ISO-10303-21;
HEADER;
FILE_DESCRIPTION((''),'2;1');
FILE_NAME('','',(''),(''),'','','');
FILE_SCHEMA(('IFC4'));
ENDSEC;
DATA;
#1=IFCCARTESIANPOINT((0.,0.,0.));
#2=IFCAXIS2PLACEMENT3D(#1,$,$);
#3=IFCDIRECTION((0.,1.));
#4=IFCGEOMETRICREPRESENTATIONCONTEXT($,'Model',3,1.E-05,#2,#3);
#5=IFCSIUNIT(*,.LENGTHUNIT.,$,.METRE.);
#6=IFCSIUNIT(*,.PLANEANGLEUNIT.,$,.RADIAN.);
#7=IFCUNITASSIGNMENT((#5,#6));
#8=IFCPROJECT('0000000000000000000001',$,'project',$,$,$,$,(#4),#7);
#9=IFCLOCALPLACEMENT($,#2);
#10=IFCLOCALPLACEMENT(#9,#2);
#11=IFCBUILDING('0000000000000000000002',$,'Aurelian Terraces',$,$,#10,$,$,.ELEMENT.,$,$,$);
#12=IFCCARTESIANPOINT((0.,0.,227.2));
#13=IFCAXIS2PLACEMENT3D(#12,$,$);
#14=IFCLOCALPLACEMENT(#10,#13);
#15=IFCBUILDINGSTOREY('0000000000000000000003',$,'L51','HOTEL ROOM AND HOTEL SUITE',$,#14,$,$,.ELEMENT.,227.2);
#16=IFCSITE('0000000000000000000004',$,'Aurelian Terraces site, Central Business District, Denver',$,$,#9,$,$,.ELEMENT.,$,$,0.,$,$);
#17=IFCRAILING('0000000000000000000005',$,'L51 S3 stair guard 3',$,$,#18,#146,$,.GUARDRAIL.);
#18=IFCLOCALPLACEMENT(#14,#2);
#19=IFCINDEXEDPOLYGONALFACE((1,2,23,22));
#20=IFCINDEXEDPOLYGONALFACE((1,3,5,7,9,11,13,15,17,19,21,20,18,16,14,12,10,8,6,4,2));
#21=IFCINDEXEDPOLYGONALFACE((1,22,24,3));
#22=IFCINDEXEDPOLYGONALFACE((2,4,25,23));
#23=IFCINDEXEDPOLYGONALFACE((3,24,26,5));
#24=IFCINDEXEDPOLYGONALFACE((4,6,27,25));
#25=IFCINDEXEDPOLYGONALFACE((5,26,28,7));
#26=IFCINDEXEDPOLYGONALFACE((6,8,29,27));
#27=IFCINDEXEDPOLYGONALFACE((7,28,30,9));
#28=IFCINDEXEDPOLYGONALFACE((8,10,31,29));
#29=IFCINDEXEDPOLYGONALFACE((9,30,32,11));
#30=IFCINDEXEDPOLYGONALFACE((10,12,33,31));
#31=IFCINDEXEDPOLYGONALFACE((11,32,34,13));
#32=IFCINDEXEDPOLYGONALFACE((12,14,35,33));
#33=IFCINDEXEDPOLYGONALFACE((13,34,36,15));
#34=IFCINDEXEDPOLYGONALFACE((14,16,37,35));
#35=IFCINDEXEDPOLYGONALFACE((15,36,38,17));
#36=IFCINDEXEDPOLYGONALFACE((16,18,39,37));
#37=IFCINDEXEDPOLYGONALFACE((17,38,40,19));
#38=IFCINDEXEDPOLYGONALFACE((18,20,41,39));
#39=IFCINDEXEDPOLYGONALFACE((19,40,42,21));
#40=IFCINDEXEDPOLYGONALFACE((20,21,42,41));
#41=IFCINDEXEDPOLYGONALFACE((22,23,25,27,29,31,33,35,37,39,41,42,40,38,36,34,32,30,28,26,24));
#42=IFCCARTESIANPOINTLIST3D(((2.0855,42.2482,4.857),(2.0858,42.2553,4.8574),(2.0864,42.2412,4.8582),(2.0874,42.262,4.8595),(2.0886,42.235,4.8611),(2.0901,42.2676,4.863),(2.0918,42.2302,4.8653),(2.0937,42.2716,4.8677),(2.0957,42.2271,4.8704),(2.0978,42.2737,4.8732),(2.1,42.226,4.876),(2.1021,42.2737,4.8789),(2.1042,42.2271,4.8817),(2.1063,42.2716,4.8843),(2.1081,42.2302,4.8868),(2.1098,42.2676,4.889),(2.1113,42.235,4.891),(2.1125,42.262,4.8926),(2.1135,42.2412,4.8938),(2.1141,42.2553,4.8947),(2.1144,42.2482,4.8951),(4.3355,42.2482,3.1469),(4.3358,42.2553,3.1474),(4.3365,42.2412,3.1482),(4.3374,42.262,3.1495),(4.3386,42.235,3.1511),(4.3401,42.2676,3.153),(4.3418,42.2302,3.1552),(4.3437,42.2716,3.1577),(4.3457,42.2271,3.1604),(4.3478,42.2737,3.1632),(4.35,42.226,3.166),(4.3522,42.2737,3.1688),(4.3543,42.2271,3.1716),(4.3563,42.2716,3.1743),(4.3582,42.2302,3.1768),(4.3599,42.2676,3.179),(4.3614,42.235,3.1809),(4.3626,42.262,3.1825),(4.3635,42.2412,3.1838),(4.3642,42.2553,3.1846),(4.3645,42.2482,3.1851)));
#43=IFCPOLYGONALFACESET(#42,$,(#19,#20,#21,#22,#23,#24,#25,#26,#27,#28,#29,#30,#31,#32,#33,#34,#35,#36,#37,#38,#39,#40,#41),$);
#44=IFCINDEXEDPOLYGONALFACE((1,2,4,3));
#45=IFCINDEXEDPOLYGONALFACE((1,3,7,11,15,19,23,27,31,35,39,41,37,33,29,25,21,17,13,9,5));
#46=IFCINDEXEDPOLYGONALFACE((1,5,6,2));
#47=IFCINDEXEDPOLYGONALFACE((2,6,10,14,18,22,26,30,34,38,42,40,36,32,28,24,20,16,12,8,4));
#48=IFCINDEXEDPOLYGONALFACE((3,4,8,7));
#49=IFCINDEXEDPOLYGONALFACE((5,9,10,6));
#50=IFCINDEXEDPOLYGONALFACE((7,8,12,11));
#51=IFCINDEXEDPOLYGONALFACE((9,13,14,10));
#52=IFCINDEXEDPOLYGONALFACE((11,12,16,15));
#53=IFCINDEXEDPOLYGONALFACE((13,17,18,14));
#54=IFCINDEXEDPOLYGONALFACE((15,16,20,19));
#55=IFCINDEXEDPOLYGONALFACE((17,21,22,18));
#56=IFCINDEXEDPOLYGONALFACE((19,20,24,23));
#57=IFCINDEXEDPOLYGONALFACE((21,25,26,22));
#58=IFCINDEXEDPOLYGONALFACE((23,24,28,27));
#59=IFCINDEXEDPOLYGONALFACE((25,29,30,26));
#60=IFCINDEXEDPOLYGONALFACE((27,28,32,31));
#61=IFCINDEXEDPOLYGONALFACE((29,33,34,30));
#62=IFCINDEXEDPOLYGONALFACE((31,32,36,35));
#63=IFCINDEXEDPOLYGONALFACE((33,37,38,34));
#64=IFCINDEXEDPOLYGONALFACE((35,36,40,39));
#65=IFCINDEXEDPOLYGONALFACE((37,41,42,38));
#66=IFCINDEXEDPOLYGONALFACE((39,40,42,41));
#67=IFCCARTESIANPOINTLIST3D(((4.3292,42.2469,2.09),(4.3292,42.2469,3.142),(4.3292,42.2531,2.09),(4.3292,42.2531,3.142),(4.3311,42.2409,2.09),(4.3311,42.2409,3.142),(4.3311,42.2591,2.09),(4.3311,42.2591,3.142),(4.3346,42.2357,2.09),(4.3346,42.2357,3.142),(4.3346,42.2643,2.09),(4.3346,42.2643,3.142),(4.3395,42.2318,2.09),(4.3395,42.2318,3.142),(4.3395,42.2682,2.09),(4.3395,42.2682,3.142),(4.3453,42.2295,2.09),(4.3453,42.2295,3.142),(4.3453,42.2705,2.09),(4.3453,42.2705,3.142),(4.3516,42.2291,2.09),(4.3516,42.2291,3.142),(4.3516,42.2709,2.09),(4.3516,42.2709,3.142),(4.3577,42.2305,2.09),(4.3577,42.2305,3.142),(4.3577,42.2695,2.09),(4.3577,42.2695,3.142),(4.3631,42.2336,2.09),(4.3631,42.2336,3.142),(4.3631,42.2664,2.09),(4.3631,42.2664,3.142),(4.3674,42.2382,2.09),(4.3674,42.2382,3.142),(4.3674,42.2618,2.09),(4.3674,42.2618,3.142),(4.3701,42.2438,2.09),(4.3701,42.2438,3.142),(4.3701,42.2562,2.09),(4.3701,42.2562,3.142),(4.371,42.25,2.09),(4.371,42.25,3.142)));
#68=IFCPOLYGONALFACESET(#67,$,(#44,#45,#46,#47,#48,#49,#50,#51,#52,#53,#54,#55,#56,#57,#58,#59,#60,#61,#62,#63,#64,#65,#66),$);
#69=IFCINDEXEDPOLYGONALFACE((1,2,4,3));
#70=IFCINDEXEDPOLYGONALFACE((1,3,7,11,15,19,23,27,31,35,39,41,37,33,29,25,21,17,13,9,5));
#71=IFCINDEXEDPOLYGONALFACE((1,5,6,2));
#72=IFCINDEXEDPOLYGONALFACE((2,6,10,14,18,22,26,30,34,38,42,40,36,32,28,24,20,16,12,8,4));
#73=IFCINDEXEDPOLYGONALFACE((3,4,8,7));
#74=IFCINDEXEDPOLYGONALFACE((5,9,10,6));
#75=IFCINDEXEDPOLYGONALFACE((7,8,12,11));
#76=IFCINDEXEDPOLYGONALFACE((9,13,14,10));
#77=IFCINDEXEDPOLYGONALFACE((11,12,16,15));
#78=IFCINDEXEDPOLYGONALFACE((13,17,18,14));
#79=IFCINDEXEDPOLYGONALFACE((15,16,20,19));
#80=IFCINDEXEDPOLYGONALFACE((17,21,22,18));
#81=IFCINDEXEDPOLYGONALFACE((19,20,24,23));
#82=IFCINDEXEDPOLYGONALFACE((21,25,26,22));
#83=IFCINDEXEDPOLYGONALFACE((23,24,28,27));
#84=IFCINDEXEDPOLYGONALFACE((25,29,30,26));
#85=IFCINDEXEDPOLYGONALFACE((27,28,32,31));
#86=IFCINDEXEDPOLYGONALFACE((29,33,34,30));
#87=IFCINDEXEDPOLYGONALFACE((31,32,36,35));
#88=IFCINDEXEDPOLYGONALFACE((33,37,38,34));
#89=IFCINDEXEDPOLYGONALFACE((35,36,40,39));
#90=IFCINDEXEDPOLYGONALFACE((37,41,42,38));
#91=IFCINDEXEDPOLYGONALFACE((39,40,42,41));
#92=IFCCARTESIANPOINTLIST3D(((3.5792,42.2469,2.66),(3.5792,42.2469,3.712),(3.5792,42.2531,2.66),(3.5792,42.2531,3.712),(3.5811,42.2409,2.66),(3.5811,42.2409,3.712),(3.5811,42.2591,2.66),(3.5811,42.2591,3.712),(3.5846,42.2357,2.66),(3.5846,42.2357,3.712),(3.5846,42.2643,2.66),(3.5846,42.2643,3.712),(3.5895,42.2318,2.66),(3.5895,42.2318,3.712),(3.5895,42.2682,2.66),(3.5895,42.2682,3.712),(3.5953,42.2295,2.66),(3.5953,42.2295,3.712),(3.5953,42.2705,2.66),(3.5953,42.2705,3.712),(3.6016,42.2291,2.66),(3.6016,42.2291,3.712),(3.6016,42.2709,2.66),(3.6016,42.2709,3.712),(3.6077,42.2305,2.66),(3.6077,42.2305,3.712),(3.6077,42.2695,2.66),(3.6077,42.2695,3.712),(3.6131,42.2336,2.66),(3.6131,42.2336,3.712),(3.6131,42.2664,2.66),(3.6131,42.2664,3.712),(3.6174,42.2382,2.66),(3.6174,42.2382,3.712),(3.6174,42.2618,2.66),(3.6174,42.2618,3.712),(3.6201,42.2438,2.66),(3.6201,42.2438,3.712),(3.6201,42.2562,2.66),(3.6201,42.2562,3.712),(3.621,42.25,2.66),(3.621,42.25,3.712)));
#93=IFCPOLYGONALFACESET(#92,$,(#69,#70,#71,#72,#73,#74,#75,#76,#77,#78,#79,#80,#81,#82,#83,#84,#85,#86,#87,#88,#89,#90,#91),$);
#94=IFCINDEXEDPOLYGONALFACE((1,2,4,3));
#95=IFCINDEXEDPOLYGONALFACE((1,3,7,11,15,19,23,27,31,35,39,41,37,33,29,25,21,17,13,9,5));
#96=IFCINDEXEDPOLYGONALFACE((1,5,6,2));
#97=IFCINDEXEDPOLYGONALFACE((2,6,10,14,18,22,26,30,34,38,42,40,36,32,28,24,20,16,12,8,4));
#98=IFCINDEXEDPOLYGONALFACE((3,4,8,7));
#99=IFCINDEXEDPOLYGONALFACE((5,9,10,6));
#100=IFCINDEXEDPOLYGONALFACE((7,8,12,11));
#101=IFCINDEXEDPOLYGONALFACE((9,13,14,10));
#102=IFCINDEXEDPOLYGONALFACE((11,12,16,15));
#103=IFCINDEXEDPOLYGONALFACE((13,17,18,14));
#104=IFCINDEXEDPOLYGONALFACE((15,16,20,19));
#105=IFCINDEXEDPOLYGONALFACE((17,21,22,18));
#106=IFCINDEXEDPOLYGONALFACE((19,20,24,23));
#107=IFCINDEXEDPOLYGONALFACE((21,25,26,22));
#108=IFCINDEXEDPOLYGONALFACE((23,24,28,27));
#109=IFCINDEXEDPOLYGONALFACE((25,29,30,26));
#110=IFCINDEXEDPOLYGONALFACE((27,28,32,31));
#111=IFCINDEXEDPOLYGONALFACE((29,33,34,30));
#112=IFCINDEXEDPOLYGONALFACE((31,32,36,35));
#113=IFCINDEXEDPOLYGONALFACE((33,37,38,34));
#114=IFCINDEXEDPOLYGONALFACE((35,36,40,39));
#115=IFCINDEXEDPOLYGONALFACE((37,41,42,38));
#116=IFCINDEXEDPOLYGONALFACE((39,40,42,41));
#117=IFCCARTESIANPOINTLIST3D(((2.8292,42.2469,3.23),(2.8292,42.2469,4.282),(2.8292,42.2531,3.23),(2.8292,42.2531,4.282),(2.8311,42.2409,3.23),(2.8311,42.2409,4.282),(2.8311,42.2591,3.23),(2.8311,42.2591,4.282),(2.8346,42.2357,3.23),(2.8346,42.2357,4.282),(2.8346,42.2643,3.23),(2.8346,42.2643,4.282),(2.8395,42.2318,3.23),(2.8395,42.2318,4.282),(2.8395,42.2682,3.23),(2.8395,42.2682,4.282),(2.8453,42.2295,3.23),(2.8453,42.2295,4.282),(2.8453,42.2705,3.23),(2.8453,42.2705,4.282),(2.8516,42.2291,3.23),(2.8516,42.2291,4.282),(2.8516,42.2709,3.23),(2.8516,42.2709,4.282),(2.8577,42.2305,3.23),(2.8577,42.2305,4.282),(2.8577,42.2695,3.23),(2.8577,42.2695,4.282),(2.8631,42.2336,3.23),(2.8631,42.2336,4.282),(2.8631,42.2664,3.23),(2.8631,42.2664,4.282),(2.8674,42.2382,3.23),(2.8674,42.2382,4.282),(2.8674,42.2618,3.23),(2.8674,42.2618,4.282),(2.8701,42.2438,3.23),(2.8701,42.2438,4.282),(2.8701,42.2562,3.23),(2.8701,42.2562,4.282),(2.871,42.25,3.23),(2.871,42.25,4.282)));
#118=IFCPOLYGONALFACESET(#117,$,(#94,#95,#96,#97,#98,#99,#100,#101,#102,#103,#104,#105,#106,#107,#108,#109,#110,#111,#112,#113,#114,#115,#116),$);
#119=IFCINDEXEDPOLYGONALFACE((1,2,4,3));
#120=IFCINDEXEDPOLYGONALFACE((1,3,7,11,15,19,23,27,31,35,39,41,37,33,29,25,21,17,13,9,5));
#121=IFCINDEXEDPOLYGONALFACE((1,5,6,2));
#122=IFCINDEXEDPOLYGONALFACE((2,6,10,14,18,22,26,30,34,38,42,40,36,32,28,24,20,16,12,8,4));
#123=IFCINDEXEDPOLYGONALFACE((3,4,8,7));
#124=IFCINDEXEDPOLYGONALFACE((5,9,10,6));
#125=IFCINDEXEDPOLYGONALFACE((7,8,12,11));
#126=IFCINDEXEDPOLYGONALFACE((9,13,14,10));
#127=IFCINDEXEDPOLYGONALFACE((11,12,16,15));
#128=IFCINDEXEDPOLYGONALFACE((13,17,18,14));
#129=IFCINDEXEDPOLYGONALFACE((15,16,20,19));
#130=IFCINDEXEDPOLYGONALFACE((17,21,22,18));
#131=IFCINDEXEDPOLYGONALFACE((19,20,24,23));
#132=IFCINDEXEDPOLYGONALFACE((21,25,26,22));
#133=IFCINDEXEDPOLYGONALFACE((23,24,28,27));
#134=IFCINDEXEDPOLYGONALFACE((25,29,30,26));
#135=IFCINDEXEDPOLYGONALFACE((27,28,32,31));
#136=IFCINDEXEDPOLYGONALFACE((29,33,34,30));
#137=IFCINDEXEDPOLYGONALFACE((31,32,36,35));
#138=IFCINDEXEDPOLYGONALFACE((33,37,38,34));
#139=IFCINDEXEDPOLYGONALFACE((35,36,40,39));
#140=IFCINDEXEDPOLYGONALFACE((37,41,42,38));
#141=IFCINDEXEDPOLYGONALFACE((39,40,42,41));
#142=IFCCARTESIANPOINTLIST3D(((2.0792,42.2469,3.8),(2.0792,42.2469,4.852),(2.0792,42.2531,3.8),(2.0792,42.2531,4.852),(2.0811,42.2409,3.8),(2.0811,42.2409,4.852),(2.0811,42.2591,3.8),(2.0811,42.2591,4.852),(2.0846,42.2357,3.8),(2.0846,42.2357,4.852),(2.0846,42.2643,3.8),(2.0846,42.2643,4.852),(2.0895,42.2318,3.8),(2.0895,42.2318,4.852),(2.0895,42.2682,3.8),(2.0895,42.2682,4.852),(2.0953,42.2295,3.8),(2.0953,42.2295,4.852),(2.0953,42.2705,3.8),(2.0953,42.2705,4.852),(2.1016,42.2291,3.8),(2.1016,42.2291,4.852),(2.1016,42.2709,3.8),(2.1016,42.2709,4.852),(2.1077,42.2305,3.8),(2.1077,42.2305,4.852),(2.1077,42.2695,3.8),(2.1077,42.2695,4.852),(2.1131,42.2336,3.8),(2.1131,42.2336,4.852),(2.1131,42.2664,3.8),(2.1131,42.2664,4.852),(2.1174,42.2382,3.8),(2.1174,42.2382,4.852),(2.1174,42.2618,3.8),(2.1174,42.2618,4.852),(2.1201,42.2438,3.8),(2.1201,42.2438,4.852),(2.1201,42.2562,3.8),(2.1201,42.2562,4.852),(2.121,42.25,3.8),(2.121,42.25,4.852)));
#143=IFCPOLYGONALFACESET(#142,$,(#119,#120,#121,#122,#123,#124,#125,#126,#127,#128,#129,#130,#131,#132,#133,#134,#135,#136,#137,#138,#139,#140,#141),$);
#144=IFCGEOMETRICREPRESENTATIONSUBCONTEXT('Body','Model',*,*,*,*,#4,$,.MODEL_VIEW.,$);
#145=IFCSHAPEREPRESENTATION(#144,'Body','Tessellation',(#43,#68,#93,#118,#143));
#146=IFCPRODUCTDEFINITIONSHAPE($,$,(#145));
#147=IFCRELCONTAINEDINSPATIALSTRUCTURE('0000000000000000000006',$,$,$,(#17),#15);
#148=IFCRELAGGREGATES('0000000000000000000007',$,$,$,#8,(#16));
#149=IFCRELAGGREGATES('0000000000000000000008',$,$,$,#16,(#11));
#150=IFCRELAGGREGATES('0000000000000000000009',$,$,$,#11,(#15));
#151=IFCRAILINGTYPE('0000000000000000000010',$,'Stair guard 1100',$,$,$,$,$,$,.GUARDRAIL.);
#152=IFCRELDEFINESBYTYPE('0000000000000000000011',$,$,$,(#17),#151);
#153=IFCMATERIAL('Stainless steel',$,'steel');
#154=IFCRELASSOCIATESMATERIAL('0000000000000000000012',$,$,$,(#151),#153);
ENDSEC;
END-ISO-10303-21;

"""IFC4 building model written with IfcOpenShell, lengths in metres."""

from ifc_helpers import new_model, si_unit, direction, frame, origin, origin_2d, place, context, subcontext, project, spatial, circle, extrude, source, transform, mapped, material, type_object, element, save


model = new_model("IFC4")

# Units and contexts
model_context = context("Model", 3, precision=1e-05, world=origin(), true_north=direction((0.0, 1.0)))
body_context = subcontext(model_context, "Body", "Model", "MODEL_VIEW")
ifc_project = project(units=[si_unit("LENGTHUNIT", "METRE"), si_unit("PLANEANGLEUNIT", "RADIAN")], contexts=[model_context])

# Site, building, storey
site_placement = place(None, origin())
site = spatial("IfcSite", under=ifc_project, at=site_placement, Name="Aurelian Terraces site, Central Business District, Denver", CompositionType="ELEMENT", RefElevation=0.0)
building_placement = place(site_placement, origin())
building = spatial("IfcBuilding", under=site, at=building_placement, Name="Aurelian Terraces", CompositionType="ELEMENT")
storey_placement = place(building_placement, frame((0.0, 0.0, 227.2)))
storey = spatial("IfcBuildingStorey", under=building, at=storey_placement, Name="L51", Description="HOTEL ROOM AND HOTEL SUITE", CompositionType="ELEMENT", Elevation=227.2)

# Railing
ifc_material_1 = material(Name="Stainless steel", Category="steel")
railing_type_1 = type_object("IfcRailingType", Name="Stair guard 1100", PredefinedType="GUARDRAIL", material=ifc_material_1)
shared_shape_1 = source(origin(), body_context, "Body", "SweptSolid", [
    extrude(circle(Radius=0.024, at=origin_2d()), frame((0.0, 0.0, 1.076), z_axis=(-0.796162, 0.0, 0.605083), x_axis=(0.0, -1.0, 0.0)), (0.0, 0.0, 1.0), 2.8261),
    extrude(circle(Radius=0.021, at=origin_2d()), origin(), (0.0, 0.0, 1.0), 1.052),
    extrude(circle(Radius=0.021, at=origin_2d()), frame((-0.75, 0.0, 0.57)), (0.0, 0.0, 1.0), 1.052),
    extrude(circle(Radius=0.021, at=origin_2d()), frame((-1.5, 0.0, 1.14)), (0.0, 0.0, 1.0), 1.052),
    extrude(circle(Radius=0.021, at=origin_2d()), frame((-2.25, 0.0, 1.71)), (0.0, 0.0, 1.0), 1.052),
])
railing_1_placement = place(storey_placement, frame((4.35, 42.25, 2.09)))
element("IfcRailing", 1, at=railing_1_placement, inside=storey, type_object=railing_type_1, Name="L51 S3 stair guard 3", PredefinedType="GUARDRAIL", context=body_context, shape_type="MappedRepresentation", body=[
    mapped(shared_shape_1, transform((0.0, 0.0, 0.0), scale=1.0)),
])

save(model, "model.ifc")
